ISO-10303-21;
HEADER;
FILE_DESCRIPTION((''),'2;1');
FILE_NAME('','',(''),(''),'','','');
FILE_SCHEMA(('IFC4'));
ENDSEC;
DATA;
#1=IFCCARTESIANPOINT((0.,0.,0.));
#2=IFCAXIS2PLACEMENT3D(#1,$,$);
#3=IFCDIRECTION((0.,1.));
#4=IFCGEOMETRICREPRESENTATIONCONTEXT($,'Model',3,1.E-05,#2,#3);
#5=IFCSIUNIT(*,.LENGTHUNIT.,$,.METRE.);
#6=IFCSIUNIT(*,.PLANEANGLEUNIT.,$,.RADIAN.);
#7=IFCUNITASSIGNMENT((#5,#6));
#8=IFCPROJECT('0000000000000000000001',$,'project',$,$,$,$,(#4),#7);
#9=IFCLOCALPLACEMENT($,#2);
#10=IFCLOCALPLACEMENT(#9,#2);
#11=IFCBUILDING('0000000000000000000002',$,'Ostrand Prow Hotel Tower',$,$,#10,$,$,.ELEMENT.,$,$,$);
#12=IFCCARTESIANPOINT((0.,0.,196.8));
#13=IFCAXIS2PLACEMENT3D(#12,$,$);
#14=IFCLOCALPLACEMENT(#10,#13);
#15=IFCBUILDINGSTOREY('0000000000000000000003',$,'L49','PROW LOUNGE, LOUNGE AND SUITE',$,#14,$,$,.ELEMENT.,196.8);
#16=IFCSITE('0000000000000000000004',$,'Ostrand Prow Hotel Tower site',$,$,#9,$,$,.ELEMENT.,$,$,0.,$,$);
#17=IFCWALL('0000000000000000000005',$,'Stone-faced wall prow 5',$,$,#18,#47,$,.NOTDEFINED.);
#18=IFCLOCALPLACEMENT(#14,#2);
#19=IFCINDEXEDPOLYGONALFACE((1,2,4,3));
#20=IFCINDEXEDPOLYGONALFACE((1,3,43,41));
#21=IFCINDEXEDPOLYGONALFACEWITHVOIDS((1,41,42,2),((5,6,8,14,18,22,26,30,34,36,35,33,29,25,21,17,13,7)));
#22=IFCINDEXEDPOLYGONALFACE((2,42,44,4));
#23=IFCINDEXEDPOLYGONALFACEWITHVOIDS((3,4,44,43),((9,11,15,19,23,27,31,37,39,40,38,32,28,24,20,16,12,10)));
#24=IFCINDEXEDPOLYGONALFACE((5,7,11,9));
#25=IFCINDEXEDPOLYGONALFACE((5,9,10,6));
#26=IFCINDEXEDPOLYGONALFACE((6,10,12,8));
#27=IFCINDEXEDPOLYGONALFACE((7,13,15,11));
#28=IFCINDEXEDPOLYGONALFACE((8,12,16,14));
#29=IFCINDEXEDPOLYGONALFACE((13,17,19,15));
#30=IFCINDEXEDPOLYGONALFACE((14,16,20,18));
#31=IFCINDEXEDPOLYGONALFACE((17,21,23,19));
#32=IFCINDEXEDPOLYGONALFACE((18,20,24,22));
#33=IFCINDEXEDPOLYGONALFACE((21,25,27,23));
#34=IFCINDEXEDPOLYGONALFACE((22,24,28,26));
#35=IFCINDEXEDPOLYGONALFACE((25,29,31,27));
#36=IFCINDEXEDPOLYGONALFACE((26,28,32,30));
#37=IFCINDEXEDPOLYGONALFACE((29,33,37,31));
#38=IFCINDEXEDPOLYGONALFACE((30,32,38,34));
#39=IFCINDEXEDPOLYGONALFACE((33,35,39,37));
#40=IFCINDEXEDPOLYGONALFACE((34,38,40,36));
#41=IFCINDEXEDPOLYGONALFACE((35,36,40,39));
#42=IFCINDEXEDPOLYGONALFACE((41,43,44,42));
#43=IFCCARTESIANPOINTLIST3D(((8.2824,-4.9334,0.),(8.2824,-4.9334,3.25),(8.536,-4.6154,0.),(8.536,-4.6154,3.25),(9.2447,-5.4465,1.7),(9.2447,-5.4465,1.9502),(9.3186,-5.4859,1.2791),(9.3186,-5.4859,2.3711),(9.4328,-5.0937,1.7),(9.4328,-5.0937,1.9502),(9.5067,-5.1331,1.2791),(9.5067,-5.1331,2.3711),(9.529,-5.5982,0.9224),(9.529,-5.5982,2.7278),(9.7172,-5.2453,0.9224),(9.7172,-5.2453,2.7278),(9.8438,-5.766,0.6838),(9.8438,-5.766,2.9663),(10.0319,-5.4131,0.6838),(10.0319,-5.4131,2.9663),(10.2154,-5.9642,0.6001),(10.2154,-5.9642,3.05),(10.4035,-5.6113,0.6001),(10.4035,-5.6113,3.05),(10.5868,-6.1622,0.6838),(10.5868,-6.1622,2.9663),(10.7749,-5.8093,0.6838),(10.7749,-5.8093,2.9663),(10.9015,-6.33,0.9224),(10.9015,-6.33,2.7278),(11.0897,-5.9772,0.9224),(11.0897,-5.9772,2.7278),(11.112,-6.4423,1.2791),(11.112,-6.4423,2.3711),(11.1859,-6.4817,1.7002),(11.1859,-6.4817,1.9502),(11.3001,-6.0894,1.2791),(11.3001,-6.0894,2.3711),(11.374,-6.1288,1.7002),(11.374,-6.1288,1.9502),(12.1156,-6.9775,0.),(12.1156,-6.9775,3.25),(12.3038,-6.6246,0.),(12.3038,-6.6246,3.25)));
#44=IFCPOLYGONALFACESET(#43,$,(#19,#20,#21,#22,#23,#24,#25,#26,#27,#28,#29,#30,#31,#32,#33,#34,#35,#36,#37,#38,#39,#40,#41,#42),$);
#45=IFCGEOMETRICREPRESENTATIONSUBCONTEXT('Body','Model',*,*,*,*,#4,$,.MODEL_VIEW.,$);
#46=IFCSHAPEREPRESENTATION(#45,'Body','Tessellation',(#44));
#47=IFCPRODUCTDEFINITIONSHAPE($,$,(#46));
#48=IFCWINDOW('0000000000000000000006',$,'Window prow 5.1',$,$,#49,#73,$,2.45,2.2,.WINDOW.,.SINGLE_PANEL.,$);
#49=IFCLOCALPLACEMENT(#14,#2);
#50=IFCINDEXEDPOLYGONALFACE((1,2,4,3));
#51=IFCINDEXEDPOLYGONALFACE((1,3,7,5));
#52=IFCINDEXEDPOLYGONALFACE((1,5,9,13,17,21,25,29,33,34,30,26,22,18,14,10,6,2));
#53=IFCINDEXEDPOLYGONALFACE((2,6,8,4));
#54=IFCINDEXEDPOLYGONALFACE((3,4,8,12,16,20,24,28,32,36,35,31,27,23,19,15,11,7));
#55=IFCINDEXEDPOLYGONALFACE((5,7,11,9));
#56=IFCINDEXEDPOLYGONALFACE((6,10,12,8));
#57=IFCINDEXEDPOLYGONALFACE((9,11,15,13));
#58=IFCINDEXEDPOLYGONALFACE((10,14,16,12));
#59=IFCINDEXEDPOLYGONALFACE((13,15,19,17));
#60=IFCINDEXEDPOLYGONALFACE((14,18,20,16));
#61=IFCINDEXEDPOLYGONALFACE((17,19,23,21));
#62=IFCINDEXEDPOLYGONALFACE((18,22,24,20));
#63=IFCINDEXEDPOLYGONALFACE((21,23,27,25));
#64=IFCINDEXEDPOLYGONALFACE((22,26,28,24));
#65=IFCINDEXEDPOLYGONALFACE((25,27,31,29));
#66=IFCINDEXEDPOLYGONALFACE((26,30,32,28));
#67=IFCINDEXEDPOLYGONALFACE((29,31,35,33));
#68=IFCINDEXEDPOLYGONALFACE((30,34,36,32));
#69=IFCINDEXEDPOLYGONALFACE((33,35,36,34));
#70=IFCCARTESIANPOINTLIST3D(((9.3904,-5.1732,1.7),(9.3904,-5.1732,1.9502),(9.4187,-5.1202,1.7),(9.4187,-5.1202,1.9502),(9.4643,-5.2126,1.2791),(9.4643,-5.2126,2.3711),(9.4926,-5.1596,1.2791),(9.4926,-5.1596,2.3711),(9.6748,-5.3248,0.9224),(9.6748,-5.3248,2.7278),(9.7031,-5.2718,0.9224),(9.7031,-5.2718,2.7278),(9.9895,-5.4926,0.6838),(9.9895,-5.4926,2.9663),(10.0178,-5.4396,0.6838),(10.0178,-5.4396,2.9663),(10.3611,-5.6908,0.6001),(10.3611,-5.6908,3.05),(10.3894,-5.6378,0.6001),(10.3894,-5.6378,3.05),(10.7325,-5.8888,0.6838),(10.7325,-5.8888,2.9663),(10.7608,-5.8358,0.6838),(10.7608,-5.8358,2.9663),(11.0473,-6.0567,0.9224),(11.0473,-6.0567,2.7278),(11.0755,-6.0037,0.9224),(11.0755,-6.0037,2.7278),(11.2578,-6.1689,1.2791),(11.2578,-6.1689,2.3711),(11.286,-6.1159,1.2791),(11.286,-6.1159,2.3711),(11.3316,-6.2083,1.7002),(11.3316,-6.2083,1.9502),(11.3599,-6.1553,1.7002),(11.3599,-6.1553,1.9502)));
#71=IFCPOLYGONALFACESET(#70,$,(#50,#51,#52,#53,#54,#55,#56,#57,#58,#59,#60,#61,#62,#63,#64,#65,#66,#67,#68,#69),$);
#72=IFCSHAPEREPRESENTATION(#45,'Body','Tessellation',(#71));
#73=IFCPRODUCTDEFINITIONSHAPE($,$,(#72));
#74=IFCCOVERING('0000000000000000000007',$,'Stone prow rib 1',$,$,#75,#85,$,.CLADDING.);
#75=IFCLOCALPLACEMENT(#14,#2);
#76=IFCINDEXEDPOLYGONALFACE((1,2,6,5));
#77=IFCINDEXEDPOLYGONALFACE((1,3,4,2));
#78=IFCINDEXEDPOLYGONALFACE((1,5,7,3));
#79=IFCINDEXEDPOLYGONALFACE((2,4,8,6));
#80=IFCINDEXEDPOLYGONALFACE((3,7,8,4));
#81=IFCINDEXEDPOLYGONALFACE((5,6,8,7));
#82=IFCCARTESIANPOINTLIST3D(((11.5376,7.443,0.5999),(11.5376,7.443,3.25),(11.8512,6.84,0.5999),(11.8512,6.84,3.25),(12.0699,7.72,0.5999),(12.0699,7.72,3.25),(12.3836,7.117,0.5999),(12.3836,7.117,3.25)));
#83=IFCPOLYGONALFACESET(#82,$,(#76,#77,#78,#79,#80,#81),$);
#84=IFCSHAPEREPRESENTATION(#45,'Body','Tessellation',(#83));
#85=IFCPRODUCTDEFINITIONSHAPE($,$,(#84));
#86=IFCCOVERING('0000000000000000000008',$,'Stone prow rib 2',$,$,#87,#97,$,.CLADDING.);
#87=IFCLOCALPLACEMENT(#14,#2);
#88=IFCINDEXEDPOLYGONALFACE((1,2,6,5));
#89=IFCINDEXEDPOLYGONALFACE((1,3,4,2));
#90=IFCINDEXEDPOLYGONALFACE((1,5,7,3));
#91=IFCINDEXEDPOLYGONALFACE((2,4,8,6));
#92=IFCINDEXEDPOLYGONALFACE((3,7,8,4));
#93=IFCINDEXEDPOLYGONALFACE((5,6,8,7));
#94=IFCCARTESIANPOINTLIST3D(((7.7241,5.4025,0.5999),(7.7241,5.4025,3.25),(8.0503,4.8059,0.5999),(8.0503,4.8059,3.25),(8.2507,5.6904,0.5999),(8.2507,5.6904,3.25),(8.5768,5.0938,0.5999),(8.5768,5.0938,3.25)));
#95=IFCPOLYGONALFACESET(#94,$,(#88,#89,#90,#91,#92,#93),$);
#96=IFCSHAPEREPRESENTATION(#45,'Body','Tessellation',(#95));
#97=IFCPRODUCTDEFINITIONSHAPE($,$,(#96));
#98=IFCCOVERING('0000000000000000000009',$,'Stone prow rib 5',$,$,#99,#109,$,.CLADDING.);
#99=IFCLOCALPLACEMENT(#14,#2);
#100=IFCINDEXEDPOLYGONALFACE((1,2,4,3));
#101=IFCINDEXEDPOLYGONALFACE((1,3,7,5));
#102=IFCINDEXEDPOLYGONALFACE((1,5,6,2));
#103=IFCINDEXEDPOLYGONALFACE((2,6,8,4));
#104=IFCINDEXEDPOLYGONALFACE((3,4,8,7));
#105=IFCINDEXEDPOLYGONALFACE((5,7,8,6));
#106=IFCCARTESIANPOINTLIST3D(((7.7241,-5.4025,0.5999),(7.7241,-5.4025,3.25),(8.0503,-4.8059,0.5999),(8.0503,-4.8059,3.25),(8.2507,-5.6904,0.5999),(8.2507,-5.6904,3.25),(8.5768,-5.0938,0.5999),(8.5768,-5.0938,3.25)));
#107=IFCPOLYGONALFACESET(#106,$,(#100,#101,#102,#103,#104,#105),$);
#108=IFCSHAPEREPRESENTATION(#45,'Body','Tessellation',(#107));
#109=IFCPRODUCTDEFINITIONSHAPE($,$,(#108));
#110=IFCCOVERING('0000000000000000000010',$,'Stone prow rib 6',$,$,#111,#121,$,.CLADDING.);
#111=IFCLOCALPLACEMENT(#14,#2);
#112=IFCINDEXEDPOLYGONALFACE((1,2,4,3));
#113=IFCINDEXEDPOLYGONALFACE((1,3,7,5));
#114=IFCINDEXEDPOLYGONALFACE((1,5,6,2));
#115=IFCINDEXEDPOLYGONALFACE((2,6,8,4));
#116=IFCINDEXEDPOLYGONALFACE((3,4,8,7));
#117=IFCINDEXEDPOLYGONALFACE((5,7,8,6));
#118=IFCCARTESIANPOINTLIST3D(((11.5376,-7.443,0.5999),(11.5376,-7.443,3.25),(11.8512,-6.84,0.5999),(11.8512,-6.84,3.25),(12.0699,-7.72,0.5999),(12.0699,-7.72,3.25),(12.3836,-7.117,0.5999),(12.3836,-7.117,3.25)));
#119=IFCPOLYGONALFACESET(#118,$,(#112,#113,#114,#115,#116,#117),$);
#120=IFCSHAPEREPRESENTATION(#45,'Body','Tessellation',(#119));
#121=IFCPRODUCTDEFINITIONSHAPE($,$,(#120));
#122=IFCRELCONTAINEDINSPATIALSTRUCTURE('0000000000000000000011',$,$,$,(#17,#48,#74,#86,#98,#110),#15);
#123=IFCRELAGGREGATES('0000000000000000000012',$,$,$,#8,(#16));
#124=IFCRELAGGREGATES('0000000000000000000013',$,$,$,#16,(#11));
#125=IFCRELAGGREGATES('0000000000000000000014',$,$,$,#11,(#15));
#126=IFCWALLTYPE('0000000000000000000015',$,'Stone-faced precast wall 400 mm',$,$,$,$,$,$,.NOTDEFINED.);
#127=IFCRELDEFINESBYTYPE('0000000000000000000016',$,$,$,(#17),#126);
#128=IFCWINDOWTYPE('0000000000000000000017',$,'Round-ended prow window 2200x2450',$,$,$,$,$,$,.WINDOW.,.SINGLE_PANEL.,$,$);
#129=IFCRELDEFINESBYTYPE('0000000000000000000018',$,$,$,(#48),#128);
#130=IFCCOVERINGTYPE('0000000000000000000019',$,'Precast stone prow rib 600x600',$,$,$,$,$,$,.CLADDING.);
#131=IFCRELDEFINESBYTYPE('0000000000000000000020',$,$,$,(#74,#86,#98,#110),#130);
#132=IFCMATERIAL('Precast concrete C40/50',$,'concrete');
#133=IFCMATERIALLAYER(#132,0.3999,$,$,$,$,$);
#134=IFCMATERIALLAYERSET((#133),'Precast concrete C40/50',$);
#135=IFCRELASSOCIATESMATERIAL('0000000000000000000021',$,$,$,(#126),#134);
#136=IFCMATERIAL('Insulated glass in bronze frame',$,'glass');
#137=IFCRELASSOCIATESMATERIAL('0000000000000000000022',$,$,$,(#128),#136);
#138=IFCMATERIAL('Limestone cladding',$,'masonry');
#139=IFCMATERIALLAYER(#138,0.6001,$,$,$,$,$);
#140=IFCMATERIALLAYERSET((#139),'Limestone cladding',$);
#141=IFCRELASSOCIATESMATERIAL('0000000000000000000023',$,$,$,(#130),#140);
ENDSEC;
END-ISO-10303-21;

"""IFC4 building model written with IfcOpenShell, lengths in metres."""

from ifc_helpers import new_model, si_unit, direction, frame, frame_2d, origin, place, context, subcontext, project, spatial, polyline, rectangle, outline, extrude, material, layer, layer_set, type_object, element, fill, save


model = new_model("IFC4")

# Units and contexts
model_context = context("Model", 3, precision=1e-05, world=origin(), true_north=direction((0.0, 1.0)))
body_context = subcontext(model_context, "Body", "Model", "MODEL_VIEW")
ifc_project = project(units=[si_unit("LENGTHUNIT", "METRE"), si_unit("PLANEANGLEUNIT", "RADIAN")], contexts=[model_context])

# Site, building, storey
site_placement = place(None, origin())
site = spatial("IfcSite", under=ifc_project, at=site_placement, Name="Ostrand Prow Hotel Tower site", CompositionType="ELEMENT", RefElevation=0.0)
building_placement = place(site_placement, origin())
building = spatial("IfcBuilding", under=site, at=building_placement, Name="Ostrand Prow Hotel Tower", CompositionType="ELEMENT")
storey_placement = place(building_placement, frame((0.0, 0.0, 196.8)))
storey = spatial("IfcBuildingStorey", under=building, at=storey_placement, Name="L49", Description="PROW LOUNGE, LOUNGE AND SUITE", CompositionType="ELEMENT", Elevation=196.8)

# Wall, opening, window
ifc_material_1 = material(Name="Precast concrete C40/50", Category="concrete")
ifc_layer_1 = layer(ifc_material_1, 0.3999)
ifc_layer_set_1 = layer_set([ifc_layer_1], Name="Precast concrete C40/50")
wall_type = type_object("IfcWallType", Name="Stone-faced precast wall 400 mm", PredefinedType="NOTDEFINED", material=ifc_layer_set_1)
ifc_material_2 = material(Name="Insulated glass in bronze frame", Category="glass")
window_type = type_object("IfcWindowType", Name="Round-ended prow window 2200x2450", PartitioningType="SINGLE_PANEL", PredefinedType="WINDOW", material=ifc_material_2)
wall_1_placement = place(storey_placement, frame((8.4092, -4.7744, 0.0), z_axis=(0.0, 0.0, 1.0), x_axis=(0.882386, -0.470526, 0.0)))
wall_1 = element("IfcWall", 1, at=wall_1_placement, inside=storey, type_object=wall_type, Name="Stone-faced wall prow 5", PredefinedType="NOTDEFINED", context=body_context, shape_type="SweptSolid", body=[
    extrude(outline(polyline([(-0.0371, -0.2), (4.3071, -0.2), (4.3071, 0.2), (0.0371, 0.2), (-0.0371, -0.2)])), origin(), (0.0, 0.0, 1.0), 3.25),
])
opening_1_placement = place(wall_1_placement, frame((1.0535, 0.0, 0.6001)))
opening_1 = element("IfcOpeningElement", 2, at=opening_1_placement, cuts=wall_1, PredefinedType="OPENING", context=body_context, shape_type="SweptSolid", body=[
    extrude(outline(polyline([(0.0, 1.3501), (0.0837, 1.771), (0.3223, 2.1277), (0.679, 2.3662), (1.1001, 2.45), (1.521, 2.3662), (1.8777, 2.1277), (2.1162, 1.771), (2.2, 1.3501), (2.2, 1.1001), (2.1162, 0.679), (1.8777, 0.3223), (1.521, 0.0837), (1.1001, 0.0), (0.679, 0.0837), (0.3223, 0.3223), (0.0837, 0.679), (0.0, 1.0999), (0.0, 1.3501)])), frame((0.0, 0.21, 0.0), z_axis=(0.0, -1.0, 0.0), x_axis=(1.0, 0.0, 0.0)), (0.0, 0.0, 1.0), 0.4199),
])
window_1_placement = place(opening_1_placement, origin())
window_1 = element("IfcWindow", 3, at=window_1_placement, inside=storey, type_object=window_type, Name="Window prow 5.1", OverallHeight=2.45, OverallWidth=2.2, PartitioningType="SINGLE_PANEL", PredefinedType="WINDOW", context=body_context, shape_type="SweptSolid", body=[
    extrude(outline(polyline([(0.0, 1.3501), (0.0837, 1.771), (0.3223, 2.1277), (0.679, 2.3662), (1.1001, 2.45), (1.521, 2.3662), (1.8777, 2.1277), (2.1162, 1.771), (2.2, 1.3501), (2.2, 1.1001), (2.1162, 0.679), (1.8777, 0.3223), (1.521, 0.0837), (1.1001, 0.0), (0.679, 0.0837), (0.3223, 0.3223), (0.0837, 0.679), (0.0, 1.0999), (0.0, 1.3501)])), frame((0.0, 0.1699, 0.0), z_axis=(0.0, -1.0, 0.0), x_axis=(1.0, 0.0, 0.0)), (0.0, 0.0, 1.0), 0.0601),
])
fill(opening_1, window_1)

# Coverings
ifc_material_3 = material(Name="Limestone cladding", Category="masonry")
ifc_layer_2 = layer(ifc_material_3, 0.6001)
ifc_layer_set_2 = layer_set([ifc_layer_2], Name="Limestone cladding")
covering_type = type_object("IfcCoveringType", Name="Precast stone prow rib 600x600", PredefinedType="CLADDING", material=ifc_layer_set_2)
covering_1_placement = place(storey_placement, frame((12.1174, 6.9785, 0.5999), z_axis=(0.0, 0.0, 1.0), x_axis=(-0.461522, 0.887129, 0.0)))
element("IfcCovering", 4, at=covering_1_placement, inside=storey, type_object=covering_type, Name="Stone prow rib 1", PredefinedType="CLADDING", context=body_context, shape_type="SweptSolid", body=[
    extrude(rectangle(XDim=0.6797, YDim=0.6001, at=frame_2d((0.3398, 0.0))), origin(), (0.0, 0.0, 1.0), 2.6501),
])
for number, where, z_axis, x_axis, name in (
    (5, (8.3135, 4.95, 0.5999), (0.0, 0.0, 1.0), (-0.479657, 0.877456, 0.0), "Stone prow rib 2"),
    (6, (8.3135, -4.95, 0.5999), (0.0, 0.0, 1.0), (-0.479657, -0.877456, 0.0), "Stone prow rib 5"),
):
    element("IfcCovering", number, at=place(storey_placement, frame(where, z_axis=z_axis, x_axis=x_axis)), inside=storey, type_object=covering_type, Name=name, PredefinedType="CLADDING", context=body_context, shape_type="SweptSolid", body=[
        extrude(rectangle(XDim=0.6799, YDim=0.6001, at=frame_2d((0.3398, 0.0))), origin(), (0.0, 0.0, 1.0), 2.6501),
    ])
covering_2_placement = place(storey_placement, frame((12.1174, -6.9785, 0.5999), z_axis=(0.0, 0.0, 1.0), x_axis=(-0.461522, -0.887129, 0.0)))
element("IfcCovering", 7, at=covering_2_placement, inside=storey, type_object=covering_type, Name="Stone prow rib 6", PredefinedType="CLADDING", context=body_context, shape_type="SweptSolid", body=[
    extrude(rectangle(XDim=0.6797, YDim=0.6001, at=frame_2d((0.3398, 0.0))), origin(), (0.0, 0.0, 1.0), 2.6501),
])

save(model, "model.ifc")
